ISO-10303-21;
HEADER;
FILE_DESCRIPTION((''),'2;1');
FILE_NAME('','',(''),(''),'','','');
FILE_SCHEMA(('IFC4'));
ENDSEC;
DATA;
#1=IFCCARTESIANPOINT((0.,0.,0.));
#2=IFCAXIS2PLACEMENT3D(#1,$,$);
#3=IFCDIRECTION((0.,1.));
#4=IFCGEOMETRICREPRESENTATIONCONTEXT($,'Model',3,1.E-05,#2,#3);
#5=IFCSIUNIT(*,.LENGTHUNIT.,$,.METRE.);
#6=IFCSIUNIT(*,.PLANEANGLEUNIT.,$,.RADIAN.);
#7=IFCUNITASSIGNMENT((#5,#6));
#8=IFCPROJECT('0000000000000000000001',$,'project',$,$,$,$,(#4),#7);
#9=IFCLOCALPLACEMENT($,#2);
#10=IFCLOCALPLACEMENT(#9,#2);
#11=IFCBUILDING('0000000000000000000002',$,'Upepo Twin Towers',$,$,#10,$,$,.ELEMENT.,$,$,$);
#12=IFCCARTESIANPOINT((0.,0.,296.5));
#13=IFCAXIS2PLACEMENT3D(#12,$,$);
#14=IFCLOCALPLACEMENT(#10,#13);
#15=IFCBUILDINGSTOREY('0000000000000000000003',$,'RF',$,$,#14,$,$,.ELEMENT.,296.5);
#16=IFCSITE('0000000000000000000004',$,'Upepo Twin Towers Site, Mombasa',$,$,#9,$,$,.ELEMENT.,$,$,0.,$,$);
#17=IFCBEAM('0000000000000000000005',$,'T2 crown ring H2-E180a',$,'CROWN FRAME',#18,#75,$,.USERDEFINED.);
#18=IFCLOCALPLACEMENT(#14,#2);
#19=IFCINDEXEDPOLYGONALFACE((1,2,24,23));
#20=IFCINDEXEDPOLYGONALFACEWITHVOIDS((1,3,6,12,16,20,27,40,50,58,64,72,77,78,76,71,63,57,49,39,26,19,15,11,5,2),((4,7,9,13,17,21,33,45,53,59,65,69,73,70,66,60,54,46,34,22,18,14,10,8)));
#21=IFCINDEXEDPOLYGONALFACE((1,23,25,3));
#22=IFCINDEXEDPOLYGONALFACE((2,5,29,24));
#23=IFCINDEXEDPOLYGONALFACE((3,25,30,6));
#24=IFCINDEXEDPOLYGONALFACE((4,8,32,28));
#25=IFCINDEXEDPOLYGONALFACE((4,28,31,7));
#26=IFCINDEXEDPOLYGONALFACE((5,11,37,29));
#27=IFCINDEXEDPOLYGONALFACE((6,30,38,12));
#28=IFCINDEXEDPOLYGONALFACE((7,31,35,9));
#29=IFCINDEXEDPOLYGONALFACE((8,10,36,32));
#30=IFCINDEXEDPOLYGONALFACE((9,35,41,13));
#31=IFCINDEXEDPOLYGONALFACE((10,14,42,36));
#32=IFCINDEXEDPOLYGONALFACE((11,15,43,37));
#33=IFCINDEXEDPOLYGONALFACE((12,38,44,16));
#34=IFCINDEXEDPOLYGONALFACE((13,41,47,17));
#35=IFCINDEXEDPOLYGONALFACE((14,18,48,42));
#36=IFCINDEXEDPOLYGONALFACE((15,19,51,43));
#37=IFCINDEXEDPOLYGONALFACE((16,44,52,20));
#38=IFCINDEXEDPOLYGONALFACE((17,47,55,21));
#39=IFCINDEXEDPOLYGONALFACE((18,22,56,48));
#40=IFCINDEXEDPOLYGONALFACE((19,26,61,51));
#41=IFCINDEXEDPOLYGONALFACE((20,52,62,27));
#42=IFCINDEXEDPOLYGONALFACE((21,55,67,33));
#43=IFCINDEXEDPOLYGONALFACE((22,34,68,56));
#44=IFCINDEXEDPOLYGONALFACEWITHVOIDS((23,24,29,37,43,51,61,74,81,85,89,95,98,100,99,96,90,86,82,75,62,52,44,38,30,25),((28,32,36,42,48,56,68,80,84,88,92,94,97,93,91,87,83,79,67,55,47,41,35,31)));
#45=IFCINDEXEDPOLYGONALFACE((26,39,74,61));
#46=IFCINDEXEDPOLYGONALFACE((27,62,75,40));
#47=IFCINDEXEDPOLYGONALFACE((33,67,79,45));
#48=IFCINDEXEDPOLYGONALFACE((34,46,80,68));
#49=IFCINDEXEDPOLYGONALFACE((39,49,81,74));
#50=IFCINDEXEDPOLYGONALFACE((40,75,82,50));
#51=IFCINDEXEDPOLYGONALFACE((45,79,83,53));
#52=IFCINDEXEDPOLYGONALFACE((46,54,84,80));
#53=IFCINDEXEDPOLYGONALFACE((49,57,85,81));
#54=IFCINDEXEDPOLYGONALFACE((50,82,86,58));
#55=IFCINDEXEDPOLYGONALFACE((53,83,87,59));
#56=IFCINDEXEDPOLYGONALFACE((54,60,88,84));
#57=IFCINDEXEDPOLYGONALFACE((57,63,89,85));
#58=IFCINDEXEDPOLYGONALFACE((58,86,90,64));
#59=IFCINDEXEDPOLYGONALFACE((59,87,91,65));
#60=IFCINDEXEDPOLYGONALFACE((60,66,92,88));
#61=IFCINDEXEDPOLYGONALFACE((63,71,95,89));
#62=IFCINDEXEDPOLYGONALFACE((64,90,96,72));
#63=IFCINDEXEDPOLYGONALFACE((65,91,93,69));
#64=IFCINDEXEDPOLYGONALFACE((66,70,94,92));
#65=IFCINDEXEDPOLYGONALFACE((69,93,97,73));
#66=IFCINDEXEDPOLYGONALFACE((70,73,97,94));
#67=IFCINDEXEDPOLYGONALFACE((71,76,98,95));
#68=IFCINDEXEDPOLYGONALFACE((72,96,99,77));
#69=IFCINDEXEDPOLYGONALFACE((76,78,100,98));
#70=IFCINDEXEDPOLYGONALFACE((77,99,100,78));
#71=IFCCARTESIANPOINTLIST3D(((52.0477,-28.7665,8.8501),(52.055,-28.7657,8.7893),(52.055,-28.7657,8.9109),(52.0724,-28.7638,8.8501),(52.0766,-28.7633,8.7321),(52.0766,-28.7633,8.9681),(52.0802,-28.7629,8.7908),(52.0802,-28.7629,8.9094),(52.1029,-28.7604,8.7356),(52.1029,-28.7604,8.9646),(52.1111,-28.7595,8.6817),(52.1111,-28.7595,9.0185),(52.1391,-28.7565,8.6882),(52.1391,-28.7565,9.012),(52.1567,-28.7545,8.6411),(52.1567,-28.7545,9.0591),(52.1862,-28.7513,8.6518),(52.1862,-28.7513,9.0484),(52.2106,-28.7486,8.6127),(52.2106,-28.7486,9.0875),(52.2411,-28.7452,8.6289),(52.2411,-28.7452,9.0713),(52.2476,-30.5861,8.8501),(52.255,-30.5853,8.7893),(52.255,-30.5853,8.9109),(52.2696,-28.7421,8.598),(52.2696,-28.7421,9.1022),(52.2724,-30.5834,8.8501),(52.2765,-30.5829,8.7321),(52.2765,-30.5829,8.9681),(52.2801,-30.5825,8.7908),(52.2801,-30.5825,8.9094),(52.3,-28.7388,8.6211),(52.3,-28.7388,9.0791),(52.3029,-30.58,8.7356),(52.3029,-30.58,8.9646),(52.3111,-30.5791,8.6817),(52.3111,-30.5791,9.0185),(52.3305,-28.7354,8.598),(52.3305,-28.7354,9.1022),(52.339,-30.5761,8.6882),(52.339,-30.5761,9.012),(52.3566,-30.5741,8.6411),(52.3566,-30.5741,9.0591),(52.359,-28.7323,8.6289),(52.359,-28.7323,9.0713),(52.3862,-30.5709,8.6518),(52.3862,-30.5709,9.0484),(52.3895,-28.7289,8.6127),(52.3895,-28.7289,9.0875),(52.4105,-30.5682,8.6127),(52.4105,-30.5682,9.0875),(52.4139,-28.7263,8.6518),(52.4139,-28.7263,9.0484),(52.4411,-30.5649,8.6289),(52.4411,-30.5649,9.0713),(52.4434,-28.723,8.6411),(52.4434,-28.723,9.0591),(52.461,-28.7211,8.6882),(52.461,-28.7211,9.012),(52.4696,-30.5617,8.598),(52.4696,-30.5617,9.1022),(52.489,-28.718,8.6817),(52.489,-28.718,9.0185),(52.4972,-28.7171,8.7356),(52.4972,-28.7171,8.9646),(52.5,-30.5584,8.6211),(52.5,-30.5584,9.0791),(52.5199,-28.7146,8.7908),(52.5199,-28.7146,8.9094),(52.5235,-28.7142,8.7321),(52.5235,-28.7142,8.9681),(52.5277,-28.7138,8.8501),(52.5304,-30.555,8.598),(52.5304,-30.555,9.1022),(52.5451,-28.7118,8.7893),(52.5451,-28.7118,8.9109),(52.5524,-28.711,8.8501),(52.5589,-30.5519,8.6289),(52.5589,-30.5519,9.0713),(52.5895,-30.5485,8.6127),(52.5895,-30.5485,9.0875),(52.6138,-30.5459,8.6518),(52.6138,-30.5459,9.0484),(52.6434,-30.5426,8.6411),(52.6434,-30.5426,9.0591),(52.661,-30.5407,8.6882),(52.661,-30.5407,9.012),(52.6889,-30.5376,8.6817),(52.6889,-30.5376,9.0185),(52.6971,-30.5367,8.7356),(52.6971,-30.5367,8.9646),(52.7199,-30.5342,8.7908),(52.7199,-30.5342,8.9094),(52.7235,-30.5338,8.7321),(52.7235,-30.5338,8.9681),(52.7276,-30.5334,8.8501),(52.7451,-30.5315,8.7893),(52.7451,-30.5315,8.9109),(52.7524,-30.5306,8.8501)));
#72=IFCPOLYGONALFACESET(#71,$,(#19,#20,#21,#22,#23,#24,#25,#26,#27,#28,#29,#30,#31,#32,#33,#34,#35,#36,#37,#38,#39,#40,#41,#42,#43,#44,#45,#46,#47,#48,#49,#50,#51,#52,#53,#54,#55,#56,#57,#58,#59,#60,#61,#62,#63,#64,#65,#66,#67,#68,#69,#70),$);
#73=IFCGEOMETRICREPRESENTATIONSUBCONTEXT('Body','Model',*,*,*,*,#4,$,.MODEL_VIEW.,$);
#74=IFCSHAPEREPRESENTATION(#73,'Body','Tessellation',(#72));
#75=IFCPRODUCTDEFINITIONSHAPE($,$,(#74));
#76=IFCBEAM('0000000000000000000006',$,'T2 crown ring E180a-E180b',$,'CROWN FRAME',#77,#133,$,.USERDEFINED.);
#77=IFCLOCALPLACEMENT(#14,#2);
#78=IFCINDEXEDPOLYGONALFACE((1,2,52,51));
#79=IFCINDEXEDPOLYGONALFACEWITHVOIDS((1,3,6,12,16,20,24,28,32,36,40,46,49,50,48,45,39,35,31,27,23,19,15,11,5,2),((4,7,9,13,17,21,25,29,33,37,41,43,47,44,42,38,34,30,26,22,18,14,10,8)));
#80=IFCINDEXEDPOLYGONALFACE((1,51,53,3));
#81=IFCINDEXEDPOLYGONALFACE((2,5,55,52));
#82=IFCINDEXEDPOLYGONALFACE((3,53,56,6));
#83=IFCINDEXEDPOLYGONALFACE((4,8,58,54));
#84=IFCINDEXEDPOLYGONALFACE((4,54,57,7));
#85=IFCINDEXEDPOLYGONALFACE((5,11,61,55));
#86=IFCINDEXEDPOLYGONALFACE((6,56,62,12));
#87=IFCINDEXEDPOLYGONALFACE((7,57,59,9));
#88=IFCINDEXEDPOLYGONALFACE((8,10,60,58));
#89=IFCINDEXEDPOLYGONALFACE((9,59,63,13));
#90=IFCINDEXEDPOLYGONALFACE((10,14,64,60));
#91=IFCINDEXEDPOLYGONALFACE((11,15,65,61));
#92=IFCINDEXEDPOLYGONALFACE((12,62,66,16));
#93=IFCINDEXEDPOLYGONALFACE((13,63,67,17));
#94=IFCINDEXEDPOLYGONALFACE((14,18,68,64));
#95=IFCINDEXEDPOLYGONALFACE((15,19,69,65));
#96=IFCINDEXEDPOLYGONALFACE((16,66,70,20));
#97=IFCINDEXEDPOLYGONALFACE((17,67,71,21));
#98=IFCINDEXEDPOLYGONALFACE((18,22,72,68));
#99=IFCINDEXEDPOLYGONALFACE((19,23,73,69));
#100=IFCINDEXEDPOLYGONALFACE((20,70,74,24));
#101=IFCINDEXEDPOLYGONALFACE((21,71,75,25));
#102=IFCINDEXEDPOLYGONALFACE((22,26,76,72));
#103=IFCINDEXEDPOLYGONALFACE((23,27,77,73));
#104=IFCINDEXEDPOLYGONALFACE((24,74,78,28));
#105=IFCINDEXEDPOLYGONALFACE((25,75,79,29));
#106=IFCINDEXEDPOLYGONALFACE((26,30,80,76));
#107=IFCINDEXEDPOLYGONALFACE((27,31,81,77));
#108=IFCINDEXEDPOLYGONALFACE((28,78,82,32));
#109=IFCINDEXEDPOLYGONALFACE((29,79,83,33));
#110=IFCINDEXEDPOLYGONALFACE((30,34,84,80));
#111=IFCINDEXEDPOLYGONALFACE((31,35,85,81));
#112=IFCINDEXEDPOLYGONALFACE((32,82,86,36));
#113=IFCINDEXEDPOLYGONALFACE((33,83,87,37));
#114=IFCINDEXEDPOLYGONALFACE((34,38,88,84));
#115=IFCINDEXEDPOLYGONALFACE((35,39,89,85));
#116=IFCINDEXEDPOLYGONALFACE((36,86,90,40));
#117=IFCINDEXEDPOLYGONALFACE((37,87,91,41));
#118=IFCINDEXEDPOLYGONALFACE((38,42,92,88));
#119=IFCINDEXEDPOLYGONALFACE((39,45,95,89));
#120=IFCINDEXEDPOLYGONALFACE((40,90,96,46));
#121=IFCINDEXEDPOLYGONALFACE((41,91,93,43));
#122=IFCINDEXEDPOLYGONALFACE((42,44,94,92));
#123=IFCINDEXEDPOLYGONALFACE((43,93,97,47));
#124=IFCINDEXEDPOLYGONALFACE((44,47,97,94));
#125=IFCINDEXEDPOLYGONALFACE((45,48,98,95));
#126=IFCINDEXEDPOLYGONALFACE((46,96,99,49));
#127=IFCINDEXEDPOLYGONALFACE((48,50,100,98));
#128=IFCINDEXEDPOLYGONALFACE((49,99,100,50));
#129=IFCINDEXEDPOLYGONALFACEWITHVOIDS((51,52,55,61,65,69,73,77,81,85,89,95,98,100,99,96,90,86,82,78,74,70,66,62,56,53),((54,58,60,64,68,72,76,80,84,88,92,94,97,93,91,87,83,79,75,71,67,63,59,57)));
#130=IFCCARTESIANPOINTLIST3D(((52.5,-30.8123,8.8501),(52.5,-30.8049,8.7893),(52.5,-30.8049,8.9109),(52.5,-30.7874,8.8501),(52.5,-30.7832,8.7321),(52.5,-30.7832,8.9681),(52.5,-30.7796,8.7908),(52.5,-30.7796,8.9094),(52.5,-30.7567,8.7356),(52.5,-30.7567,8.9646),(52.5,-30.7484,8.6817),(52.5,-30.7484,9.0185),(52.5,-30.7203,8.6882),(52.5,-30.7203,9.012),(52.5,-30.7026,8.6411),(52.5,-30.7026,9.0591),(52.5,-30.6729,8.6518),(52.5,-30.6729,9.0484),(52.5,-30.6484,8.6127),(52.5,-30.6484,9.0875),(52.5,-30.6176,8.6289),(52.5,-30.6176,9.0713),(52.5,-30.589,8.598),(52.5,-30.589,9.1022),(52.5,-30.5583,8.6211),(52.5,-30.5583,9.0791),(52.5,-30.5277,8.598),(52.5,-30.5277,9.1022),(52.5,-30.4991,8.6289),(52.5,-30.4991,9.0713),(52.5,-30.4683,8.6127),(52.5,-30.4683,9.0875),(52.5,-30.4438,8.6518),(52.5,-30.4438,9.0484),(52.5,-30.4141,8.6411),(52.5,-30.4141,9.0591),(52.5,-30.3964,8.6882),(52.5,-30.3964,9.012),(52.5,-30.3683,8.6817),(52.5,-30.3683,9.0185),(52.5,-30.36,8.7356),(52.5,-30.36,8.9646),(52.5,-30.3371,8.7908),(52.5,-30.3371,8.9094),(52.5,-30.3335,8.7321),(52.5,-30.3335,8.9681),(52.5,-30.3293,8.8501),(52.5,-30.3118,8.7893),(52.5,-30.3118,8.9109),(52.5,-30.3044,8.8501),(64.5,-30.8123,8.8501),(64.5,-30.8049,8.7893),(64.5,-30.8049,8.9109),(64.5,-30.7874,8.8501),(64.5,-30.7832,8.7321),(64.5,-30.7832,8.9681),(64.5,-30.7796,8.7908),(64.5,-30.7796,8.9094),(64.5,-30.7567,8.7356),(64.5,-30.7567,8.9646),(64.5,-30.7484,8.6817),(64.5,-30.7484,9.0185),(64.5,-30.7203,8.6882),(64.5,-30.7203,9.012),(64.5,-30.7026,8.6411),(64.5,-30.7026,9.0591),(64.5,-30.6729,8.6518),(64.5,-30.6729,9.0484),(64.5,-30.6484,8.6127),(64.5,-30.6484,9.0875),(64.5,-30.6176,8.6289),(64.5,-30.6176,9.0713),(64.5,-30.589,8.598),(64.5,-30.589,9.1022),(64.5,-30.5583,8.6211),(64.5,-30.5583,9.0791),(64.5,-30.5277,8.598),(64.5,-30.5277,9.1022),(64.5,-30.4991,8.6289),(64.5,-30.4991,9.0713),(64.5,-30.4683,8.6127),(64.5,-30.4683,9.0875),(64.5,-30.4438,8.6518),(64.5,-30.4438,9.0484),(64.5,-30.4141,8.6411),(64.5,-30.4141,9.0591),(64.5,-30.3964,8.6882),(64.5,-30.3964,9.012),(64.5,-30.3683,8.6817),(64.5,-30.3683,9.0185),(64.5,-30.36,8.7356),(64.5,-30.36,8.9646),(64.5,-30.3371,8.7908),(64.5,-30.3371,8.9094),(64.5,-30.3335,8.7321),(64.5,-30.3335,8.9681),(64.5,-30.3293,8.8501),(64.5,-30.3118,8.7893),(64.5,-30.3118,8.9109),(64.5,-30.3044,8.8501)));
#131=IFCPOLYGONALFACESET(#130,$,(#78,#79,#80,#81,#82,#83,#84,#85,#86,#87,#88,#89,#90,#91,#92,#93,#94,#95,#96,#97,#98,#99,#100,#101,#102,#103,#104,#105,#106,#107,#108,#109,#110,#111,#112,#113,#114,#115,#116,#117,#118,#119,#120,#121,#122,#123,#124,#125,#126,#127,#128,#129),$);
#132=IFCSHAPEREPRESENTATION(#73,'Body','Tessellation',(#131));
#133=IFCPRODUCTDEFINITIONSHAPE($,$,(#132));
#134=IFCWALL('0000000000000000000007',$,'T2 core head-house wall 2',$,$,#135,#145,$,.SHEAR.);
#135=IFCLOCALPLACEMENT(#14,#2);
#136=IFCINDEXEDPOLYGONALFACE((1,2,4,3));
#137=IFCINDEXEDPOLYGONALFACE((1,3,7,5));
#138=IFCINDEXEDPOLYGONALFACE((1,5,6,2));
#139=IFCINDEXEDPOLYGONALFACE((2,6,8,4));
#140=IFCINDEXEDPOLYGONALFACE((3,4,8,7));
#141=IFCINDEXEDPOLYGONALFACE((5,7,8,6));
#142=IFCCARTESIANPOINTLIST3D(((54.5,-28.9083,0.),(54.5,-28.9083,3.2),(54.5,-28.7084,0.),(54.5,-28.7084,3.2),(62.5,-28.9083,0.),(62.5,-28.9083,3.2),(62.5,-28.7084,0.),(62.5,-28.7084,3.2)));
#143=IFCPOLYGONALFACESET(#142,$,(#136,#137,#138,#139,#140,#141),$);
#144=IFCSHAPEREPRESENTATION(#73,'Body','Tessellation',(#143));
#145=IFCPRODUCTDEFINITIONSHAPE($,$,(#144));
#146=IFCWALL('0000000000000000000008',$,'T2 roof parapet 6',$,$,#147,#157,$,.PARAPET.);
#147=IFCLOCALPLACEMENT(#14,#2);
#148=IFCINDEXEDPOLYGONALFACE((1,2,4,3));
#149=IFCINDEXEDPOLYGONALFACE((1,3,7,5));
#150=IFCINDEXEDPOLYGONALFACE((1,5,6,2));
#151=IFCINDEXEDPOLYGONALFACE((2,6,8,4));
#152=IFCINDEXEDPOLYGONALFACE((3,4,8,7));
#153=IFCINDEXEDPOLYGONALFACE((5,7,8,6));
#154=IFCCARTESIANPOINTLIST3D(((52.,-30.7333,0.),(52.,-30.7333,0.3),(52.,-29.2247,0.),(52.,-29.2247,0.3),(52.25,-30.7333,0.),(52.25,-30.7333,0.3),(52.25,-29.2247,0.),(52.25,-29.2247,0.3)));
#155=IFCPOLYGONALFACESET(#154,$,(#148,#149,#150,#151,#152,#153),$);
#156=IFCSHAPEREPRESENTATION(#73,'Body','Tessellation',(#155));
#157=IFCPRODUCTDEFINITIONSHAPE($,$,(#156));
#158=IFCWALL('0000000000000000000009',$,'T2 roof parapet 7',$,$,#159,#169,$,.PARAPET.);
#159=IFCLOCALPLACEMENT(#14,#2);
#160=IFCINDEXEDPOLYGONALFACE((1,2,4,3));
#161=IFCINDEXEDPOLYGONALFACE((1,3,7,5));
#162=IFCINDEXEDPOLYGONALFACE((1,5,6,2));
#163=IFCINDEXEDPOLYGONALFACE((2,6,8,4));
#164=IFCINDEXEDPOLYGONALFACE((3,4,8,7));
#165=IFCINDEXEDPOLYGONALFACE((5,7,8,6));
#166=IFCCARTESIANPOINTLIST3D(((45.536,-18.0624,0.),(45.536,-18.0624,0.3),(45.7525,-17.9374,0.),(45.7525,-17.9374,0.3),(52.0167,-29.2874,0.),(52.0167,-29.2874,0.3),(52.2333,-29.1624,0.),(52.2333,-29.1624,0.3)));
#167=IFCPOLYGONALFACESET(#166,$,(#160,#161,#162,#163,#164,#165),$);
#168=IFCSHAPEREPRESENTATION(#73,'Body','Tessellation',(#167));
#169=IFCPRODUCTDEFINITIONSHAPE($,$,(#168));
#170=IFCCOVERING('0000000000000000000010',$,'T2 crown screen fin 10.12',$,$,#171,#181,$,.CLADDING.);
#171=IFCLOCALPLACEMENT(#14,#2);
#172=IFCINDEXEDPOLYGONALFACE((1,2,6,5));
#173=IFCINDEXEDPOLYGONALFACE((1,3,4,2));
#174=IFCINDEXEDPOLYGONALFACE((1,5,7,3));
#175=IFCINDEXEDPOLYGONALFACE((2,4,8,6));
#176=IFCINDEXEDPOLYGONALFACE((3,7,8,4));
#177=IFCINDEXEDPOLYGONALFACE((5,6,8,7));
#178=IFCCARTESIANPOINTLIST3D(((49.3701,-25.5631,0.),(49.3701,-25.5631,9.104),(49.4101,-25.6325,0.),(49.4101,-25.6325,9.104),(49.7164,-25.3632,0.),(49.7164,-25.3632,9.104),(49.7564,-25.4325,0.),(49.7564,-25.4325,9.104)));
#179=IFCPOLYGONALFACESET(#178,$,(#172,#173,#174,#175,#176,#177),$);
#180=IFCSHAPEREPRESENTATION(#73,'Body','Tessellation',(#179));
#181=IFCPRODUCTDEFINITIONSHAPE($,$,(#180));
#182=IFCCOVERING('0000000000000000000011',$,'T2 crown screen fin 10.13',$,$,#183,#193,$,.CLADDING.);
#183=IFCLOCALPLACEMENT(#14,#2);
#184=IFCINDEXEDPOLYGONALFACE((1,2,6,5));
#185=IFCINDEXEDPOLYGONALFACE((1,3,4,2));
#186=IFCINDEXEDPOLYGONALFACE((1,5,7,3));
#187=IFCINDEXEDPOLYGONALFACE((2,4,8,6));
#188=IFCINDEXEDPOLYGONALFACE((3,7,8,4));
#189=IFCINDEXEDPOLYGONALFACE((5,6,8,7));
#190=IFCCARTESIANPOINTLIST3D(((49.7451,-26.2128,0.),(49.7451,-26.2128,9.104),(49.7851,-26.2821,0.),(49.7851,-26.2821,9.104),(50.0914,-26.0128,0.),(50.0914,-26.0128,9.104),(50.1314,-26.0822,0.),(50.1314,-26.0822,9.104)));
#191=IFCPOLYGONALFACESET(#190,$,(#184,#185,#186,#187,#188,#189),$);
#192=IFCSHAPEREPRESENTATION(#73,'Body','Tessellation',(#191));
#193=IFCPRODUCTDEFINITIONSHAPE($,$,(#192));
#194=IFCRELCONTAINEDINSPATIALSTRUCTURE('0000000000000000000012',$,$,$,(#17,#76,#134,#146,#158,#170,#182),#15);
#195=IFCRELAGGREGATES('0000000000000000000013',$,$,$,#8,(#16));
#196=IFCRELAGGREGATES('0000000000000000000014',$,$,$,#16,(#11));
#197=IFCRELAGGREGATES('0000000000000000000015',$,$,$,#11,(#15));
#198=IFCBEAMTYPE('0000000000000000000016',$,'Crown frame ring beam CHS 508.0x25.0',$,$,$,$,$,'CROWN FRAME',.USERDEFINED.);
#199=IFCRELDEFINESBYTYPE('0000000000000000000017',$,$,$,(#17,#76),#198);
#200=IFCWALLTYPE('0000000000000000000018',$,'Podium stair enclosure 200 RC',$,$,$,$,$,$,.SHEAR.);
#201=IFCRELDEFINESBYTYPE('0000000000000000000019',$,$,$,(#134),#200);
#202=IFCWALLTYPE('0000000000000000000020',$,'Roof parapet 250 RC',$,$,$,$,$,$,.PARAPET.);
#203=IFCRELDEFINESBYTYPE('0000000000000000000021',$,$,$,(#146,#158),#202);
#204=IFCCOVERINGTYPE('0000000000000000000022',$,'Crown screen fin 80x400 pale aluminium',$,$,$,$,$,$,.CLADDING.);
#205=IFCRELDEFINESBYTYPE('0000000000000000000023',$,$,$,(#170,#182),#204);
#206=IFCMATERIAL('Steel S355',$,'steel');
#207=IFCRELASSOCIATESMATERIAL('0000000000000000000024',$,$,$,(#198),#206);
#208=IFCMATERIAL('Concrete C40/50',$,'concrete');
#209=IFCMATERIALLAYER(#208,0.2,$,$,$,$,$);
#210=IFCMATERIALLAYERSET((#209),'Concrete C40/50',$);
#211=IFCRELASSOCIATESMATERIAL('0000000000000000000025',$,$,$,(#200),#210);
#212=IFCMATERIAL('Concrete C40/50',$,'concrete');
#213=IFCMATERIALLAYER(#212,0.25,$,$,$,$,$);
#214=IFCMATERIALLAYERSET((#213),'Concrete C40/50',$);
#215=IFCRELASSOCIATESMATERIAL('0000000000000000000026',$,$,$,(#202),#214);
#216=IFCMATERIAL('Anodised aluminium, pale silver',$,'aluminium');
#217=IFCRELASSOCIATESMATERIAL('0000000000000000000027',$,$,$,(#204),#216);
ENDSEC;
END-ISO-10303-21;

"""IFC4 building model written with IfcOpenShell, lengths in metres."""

from ifc_helpers import new_model, si_unit, direction, frame, frame_2d, origin, origin_2d, place, context, subcontext, project, spatial, rectangle, hollow_circle, extrude, material, layer, layer_set, material_profile, profile_set, type_object, element, save


model = new_model("IFC4")

# Units and contexts
model_context = context("Model", 3, precision=1e-05, world=origin(), true_north=direction((0.0, 1.0)))
body_context = subcontext(model_context, "Body", "Model", "MODEL_VIEW")
ifc_project = project(units=[si_unit("LENGTHUNIT", "METRE"), si_unit("PLANEANGLEUNIT", "RADIAN")], contexts=[model_context])

# Site, building, storey
site_placement = place(None, origin())
site = spatial("IfcSite", under=ifc_project, at=site_placement, Name="Upepo Twin Towers Site, Mombasa", CompositionType="ELEMENT", RefElevation=0.0)
building_placement = place(site_placement, origin())
building = spatial("IfcBuilding", under=site, at=building_placement, Name="Upepo Twin Towers", CompositionType="ELEMENT")
storey_placement = place(building_placement, frame((0.0, 0.0, 296.5)))
storey = spatial("IfcBuildingStorey", under=building, at=storey_placement, Name="RF", CompositionType="ELEMENT", Elevation=296.5)

# Beams
ifc_material_1 = material(Name="Steel S355", Category="steel")
ifc_material_profile_1 = material_profile(ifc_material_1, hollow_circle(Radius=0.2539, WallThickness=0.0249, at=origin_2d()), Name="CHS 508.0x25.0")
ifc_profile_set_1 = profile_set([ifc_material_profile_1], Name="Steel S355")
beam_type = type_object("IfcBeamType", Name="Crown frame ring beam CHS 508.0x25.0", ElementType="CROWN FRAME", PredefinedType="USERDEFINED", material=ifc_profile_set_1)
beam_1_placement = place(storey_placement, frame((52.3, -28.7388, 8.8501), z_axis=(0.109231, -0.994016, 0.0), x_axis=(0.994016, 0.109231, 0.0)))
element("IfcBeam", 1, at=beam_1_placement, inside=storey, type_object=beam_type, Name="T2 crown ring H2-E180a", ObjectType="CROWN FRAME", PredefinedType="USERDEFINED", context=body_context, shape_type="SweptSolid", body=[
    extrude(hollow_circle(Radius=0.2539, WallThickness=0.0249, at=origin_2d()), origin(), (0.0, 0.0, 1.0), 1.8306),
])
beam_2_placement = place(storey_placement, frame((52.5, -30.5583, 8.8501), z_axis=(1.0, 0.0, 0.0), x_axis=(0.0, 1.0, 0.0)))
element("IfcBeam", 2, at=beam_2_placement, inside=storey, type_object=beam_type, Name="T2 crown ring E180a-E180b", ObjectType="CROWN FRAME", PredefinedType="USERDEFINED", context=body_context, shape_type="SweptSolid", body=[
    extrude(hollow_circle(Radius=0.2539, WallThickness=0.0249, at=origin_2d()), origin(), (0.0, 0.0, 1.0), 12.0),
])

# Walls
ifc_material_2 = material(Name="Concrete C40/50", Category="concrete")
ifc_layer_1 = layer(ifc_material_2, 0.2)
ifc_layer_set_1 = layer_set([ifc_layer_1], Name="Concrete C40/50")
wall_type_1 = type_object("IfcWallType", Name="Podium stair enclosure 200 RC", PredefinedType="SHEAR", material=ifc_layer_set_1)
wall_1_placement = place(storey_placement, frame((54.5, -28.8083, 0.0), z_axis=(0.0, 0.0, 1.0), x_axis=(1.0, 0.0, 0.0)))
element("IfcWall", 3, at=wall_1_placement, inside=storey, type_object=wall_type_1, Name="T2 core head-house wall 2", PredefinedType="SHEAR", context=body_context, shape_type="SweptSolid", body=[
    extrude(rectangle(XDim=8.0, YDim=0.2, at=frame_2d((4.0, 0.0))), origin(), (0.0, 0.0, 1.0), 3.2),
])
ifc_material_3 = material(Name="Concrete C40/50", Category="concrete")
ifc_layer_2 = layer(ifc_material_3, 0.25)
ifc_layer_set_2 = layer_set([ifc_layer_2], Name="Concrete C40/50")
wall_type_2 = type_object("IfcWallType", Name="Roof parapet 250 RC", PredefinedType="PARAPET", material=ifc_layer_set_2)
wall_2_placement = place(storey_placement, frame((52.125, -30.7334, 0.0), z_axis=(0.0, 0.0, 1.0), x_axis=(0.0, 1.0, 0.0)))
element("IfcWall", 4, at=wall_2_placement, inside=storey, type_object=wall_type_2, Name="T2 roof parapet 6", PredefinedType="PARAPET", context=body_context, shape_type="SweptSolid", body=[
    extrude(rectangle(XDim=1.5085, YDim=0.25, at=frame_2d((0.7544, 0.0))), origin(), (0.0, 0.0, 1.0), 0.3),
])
wall_3_placement = place(storey_placement, frame((52.125, -29.2249, 0.0), z_axis=(0.0, 0.0, 1.0), x_axis=(-0.500002, 0.866024, 0.0)))
element("IfcWall", 5, at=wall_3_placement, inside=storey, type_object=wall_type_2, Name="T2 roof parapet 7", PredefinedType="PARAPET", context=body_context, shape_type="SweptSolid", body=[
    extrude(rectangle(XDim=12.9614, YDim=0.25, at=frame_2d((6.4807, 0.0))), origin(), (0.0, 0.0, 1.0), 0.3),
])

# Coverings
ifc_material_4 = material(Name="Anodised aluminium, pale silver", Category="aluminium")
covering_type_1 = type_object("IfcCoveringType", Name="Crown screen fin 80x400 pale aluminium", PredefinedType="CLADDING", material=ifc_material_4)
for number, where, z_axis, x_axis, name in (
    (6, (49.5632, -25.4978, 0.0), (0.0, 0.0, 1.0), (0.5, -0.866025, 0.0), "T2 crown screen fin 10.12"),
    (7, (49.9382, -26.1475, 0.0), (0.0, 0.0, 1.0), (0.5, -0.866025, 0.0), "T2 crown screen fin 10.13"),
):
    element("IfcCovering", number, at=place(storey_placement, frame(where, z_axis=z_axis, x_axis=x_axis)), inside=storey, type_object=covering_type_1, Name=name, PredefinedType="CLADDING", context=body_context, shape_type="SweptSolid", body=[
        extrude(rectangle(XDim=0.0801, YDim=0.3999, at=origin_2d()), origin(), (0.0, 0.0, 1.0), 9.104),
    ])

save(model, "model.ifc")
